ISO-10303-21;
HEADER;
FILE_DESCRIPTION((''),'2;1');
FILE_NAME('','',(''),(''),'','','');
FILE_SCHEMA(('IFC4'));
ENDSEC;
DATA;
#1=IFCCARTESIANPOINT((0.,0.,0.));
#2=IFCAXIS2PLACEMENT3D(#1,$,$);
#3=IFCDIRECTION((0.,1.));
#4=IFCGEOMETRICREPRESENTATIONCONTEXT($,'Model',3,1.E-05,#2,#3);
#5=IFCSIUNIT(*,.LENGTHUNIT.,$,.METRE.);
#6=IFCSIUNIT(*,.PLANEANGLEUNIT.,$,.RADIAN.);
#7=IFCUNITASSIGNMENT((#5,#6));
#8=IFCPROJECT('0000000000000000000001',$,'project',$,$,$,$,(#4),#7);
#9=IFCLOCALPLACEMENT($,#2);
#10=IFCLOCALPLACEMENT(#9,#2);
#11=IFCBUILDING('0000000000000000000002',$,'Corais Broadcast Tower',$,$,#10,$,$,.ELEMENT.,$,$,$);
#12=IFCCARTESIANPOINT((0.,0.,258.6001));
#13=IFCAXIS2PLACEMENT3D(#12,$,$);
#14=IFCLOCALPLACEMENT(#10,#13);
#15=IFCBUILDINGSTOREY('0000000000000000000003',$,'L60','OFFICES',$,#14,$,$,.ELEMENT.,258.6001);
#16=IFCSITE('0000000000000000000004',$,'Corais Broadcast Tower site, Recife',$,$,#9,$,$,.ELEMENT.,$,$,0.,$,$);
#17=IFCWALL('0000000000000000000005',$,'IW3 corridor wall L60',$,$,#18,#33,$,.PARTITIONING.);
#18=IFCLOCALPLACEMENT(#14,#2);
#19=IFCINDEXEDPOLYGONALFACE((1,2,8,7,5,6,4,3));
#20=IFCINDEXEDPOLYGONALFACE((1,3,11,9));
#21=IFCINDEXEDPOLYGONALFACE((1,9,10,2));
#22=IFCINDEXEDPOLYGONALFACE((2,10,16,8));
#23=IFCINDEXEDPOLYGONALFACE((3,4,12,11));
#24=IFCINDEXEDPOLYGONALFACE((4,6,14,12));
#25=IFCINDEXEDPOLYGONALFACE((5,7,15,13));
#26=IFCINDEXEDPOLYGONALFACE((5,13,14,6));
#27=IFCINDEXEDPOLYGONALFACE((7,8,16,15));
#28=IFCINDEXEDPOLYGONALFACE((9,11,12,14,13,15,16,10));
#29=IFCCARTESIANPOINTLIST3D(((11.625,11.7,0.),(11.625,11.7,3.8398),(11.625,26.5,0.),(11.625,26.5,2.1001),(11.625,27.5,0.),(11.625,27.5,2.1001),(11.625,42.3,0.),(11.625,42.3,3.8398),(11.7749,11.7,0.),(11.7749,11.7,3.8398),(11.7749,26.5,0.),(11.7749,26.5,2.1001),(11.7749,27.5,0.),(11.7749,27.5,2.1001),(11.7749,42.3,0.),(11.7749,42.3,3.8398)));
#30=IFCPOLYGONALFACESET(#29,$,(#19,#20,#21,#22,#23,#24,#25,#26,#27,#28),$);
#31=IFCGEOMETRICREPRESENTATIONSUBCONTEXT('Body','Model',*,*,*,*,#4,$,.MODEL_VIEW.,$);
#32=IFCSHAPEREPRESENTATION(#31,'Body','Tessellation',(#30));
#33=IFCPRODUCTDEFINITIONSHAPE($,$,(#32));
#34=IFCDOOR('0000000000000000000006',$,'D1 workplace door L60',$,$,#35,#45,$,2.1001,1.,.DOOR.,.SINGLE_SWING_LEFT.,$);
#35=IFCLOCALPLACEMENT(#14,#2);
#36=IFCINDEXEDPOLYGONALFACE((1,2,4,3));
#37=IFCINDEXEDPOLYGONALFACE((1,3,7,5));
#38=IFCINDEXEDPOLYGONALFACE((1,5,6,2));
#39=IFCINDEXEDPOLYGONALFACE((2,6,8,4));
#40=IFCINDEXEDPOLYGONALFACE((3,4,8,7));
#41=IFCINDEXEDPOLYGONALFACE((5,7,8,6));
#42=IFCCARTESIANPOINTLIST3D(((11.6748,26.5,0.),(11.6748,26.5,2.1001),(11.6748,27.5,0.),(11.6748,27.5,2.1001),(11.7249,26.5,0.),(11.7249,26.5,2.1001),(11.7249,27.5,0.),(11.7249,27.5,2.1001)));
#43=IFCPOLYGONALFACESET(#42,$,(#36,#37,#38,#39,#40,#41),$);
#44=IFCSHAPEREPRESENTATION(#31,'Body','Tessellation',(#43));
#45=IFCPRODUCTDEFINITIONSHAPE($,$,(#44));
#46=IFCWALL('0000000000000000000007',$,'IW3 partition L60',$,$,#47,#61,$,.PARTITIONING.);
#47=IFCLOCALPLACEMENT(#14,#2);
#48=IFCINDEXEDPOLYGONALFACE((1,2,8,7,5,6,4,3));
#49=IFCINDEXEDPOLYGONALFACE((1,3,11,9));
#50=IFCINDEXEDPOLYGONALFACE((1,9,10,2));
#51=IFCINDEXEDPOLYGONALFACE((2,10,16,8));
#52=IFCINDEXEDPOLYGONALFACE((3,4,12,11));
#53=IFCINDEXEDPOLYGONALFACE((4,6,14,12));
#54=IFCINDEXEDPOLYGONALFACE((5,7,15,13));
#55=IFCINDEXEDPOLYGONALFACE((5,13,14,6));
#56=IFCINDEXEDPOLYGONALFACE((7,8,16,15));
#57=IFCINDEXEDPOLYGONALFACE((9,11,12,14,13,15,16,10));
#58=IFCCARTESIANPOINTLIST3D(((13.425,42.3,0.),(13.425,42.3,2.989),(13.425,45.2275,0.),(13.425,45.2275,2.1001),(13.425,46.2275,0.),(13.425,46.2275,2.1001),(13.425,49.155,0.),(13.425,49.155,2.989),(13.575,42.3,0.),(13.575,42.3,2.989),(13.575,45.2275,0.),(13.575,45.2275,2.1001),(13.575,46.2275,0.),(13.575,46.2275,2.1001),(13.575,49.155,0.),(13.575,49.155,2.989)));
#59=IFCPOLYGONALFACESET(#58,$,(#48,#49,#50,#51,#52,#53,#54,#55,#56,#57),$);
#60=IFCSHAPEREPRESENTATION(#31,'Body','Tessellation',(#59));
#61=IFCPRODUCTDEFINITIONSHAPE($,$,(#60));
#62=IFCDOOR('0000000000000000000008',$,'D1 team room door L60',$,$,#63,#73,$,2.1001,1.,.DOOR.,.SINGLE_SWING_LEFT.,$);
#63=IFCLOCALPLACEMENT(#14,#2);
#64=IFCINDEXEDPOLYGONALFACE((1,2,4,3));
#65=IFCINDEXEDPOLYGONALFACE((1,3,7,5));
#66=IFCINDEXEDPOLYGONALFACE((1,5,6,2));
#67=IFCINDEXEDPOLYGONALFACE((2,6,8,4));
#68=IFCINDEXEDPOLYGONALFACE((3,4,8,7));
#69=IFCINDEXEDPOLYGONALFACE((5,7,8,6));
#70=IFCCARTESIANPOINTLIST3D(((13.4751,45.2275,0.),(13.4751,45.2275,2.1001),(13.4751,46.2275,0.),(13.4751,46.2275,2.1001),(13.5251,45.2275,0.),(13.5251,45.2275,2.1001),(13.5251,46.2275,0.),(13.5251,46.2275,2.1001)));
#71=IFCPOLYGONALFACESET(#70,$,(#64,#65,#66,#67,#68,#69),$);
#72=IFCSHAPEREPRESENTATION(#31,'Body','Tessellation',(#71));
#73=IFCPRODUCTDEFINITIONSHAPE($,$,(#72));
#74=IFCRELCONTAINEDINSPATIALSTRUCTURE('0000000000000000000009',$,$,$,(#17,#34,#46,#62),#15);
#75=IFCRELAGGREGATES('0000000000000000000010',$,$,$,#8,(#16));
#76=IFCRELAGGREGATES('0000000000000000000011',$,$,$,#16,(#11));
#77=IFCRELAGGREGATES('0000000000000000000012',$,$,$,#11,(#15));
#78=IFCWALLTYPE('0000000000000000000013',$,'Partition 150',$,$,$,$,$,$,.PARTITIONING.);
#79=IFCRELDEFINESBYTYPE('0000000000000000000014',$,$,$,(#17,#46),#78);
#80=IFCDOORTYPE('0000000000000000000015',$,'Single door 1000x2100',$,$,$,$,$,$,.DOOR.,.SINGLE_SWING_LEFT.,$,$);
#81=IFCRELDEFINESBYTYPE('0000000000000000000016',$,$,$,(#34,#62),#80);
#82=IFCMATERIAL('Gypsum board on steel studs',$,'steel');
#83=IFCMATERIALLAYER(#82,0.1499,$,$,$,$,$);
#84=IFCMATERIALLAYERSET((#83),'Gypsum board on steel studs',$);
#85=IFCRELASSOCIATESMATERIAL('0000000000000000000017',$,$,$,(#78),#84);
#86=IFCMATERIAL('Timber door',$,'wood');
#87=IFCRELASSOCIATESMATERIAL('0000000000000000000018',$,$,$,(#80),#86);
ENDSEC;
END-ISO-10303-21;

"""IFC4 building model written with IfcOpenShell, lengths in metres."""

from ifc_helpers import new_model, si_unit, direction, frame, frame_2d, origin, place, context, subcontext, project, spatial, rectangle, extrude, material, layer, layer_set, type_object, element, fill, save


model = new_model("IFC4")

# Units and contexts
model_context = context("Model", 3, precision=1e-05, world=origin(), true_north=direction((0.0, 1.0)))
body_context = subcontext(model_context, "Body", "Model", "MODEL_VIEW")
ifc_project = project(units=[si_unit("LENGTHUNIT", "METRE"), si_unit("PLANEANGLEUNIT", "RADIAN")], contexts=[model_context])

# Site, building, storey
site_placement = place(None, origin())
site = spatial("IfcSite", under=ifc_project, at=site_placement, Name="Corais Broadcast Tower site, Recife", CompositionType="ELEMENT", RefElevation=0.0)
building_placement = place(site_placement, origin())
building = spatial("IfcBuilding", under=site, at=building_placement, Name="Corais Broadcast Tower", CompositionType="ELEMENT")
storey_placement = place(building_placement, frame((0.0, 0.0, 258.6001)))
storey = spatial("IfcBuildingStorey", under=building, at=storey_placement, Name="L60", Description="OFFICES", CompositionType="ELEMENT", Elevation=258.6001)

# Walls, openings, doors
ifc_material_1 = material(Name="Gypsum board on steel studs", Category="steel")
ifc_layer_1 = layer(ifc_material_1, 0.1499)
ifc_layer_set_1 = layer_set([ifc_layer_1], Name="Gypsum board on steel studs")
wall_type = type_object("IfcWallType", Name="Partition 150", PredefinedType="PARTITIONING", material=ifc_layer_set_1)
wall_1_placement = place(storey_placement, frame((11.7, 42.3, 0.0), z_axis=(0.0, 0.0, 1.0), x_axis=(0.0, -1.0, 0.0)))
wall_1 = element("IfcWall", 1, at=wall_1_placement, inside=storey, type_object=wall_type, Name="IW3 corridor wall L60", PredefinedType="PARTITIONING", context=body_context, shape_type="SweptSolid", body=[
    extrude(rectangle(XDim=30.6001, YDim=0.1499, at=frame_2d((15.3, 0.0))), origin(), (0.0, 0.0, 1.0), 3.8398),
])
opening_1_placement = place(wall_1_placement, frame((14.8, 0.0, 0.0)))
opening_1 = element("IfcOpeningElement", 2, at=opening_1_placement, cuts=wall_1, PredefinedType="OPENING", context=body_context, shape_type="SweptSolid", body=[
    extrude(rectangle(XDim=1.0, YDim=2.1001, at=frame_2d((0.5, 1.05))), frame((0.0, 0.085, 0.0), z_axis=(0.0, -1.0, 0.0), x_axis=(1.0, 0.0, 0.0)), (0.0, 0.0, 1.0), 0.1699),
])
ifc_material_2 = material(Name="Timber door", Category="wood")
door_type = type_object("IfcDoorType", Name="Single door 1000x2100", OperationType="SINGLE_SWING_LEFT", PredefinedType="DOOR", material=ifc_material_2)
door_1_placement = place(opening_1_placement, origin())
door_1 = element("IfcDoor", 3, at=door_1_placement, inside=storey, type_object=door_type, Name="D1 workplace door L60", OperationType="SINGLE_SWING_LEFT", OverallHeight=2.1001, OverallWidth=1.0, PredefinedType="DOOR", context=body_context, shape_type="SweptSolid", body=[
    extrude(rectangle(XDim=1.0, YDim=2.1001, at=frame_2d((0.5, 1.05))), frame((0.0, 0.0249, 0.0), z_axis=(0.0, -1.0, 0.0), x_axis=(1.0, 0.0, 0.0)), (0.0, 0.0, 1.0), 0.05),
])
fill(opening_1, door_1)
wall_2_placement = place(storey_placement, frame((13.5, 42.3, 0.0), z_axis=(0.0, 0.0, 1.0), x_axis=(0.0, 1.0, 0.0)))
wall_2 = element("IfcWall", 4, at=wall_2_placement, inside=storey, type_object=wall_type, Name="IW3 partition L60", PredefinedType="PARTITIONING", context=body_context, shape_type="SweptSolid", body=[
    extrude(rectangle(XDim=6.855, YDim=0.1499, at=frame_2d((3.4275, 0.0))), origin(), (0.0, 0.0, 1.0), 2.989),
])
opening_2_placement = place(wall_2_placement, frame((2.9275, 0.0, 0.0)))
opening_2 = element("IfcOpeningElement", 5, at=opening_2_placement, cuts=wall_2, PredefinedType="OPENING", context=body_context, shape_type="SweptSolid", body=[
    extrude(rectangle(XDim=1.0, YDim=2.1001, at=frame_2d((0.5, 1.05))), frame((0.0, 0.085, 0.0), z_axis=(0.0, -1.0, 0.0), x_axis=(1.0, 0.0, 0.0)), (0.0, 0.0, 1.0), 0.1699),
])
door_2_placement = place(opening_2_placement, origin())
door_2 = element("IfcDoor", 6, at=door_2_placement, inside=storey, type_object=door_type, Name="D1 team room door L60", OperationType="SINGLE_SWING_LEFT", OverallHeight=2.1001, OverallWidth=1.0, PredefinedType="DOOR", context=body_context, shape_type="SweptSolid", body=[
    extrude(rectangle(XDim=1.0, YDim=2.1001, at=frame_2d((0.5, 1.05))), frame((0.0, 0.0249, 0.0), z_axis=(0.0, -1.0, 0.0), x_axis=(1.0, 0.0, 0.0)), (0.0, 0.0, 1.0), 0.05),
])
fill(opening_2, door_2)

save(model, "model.ifc")
